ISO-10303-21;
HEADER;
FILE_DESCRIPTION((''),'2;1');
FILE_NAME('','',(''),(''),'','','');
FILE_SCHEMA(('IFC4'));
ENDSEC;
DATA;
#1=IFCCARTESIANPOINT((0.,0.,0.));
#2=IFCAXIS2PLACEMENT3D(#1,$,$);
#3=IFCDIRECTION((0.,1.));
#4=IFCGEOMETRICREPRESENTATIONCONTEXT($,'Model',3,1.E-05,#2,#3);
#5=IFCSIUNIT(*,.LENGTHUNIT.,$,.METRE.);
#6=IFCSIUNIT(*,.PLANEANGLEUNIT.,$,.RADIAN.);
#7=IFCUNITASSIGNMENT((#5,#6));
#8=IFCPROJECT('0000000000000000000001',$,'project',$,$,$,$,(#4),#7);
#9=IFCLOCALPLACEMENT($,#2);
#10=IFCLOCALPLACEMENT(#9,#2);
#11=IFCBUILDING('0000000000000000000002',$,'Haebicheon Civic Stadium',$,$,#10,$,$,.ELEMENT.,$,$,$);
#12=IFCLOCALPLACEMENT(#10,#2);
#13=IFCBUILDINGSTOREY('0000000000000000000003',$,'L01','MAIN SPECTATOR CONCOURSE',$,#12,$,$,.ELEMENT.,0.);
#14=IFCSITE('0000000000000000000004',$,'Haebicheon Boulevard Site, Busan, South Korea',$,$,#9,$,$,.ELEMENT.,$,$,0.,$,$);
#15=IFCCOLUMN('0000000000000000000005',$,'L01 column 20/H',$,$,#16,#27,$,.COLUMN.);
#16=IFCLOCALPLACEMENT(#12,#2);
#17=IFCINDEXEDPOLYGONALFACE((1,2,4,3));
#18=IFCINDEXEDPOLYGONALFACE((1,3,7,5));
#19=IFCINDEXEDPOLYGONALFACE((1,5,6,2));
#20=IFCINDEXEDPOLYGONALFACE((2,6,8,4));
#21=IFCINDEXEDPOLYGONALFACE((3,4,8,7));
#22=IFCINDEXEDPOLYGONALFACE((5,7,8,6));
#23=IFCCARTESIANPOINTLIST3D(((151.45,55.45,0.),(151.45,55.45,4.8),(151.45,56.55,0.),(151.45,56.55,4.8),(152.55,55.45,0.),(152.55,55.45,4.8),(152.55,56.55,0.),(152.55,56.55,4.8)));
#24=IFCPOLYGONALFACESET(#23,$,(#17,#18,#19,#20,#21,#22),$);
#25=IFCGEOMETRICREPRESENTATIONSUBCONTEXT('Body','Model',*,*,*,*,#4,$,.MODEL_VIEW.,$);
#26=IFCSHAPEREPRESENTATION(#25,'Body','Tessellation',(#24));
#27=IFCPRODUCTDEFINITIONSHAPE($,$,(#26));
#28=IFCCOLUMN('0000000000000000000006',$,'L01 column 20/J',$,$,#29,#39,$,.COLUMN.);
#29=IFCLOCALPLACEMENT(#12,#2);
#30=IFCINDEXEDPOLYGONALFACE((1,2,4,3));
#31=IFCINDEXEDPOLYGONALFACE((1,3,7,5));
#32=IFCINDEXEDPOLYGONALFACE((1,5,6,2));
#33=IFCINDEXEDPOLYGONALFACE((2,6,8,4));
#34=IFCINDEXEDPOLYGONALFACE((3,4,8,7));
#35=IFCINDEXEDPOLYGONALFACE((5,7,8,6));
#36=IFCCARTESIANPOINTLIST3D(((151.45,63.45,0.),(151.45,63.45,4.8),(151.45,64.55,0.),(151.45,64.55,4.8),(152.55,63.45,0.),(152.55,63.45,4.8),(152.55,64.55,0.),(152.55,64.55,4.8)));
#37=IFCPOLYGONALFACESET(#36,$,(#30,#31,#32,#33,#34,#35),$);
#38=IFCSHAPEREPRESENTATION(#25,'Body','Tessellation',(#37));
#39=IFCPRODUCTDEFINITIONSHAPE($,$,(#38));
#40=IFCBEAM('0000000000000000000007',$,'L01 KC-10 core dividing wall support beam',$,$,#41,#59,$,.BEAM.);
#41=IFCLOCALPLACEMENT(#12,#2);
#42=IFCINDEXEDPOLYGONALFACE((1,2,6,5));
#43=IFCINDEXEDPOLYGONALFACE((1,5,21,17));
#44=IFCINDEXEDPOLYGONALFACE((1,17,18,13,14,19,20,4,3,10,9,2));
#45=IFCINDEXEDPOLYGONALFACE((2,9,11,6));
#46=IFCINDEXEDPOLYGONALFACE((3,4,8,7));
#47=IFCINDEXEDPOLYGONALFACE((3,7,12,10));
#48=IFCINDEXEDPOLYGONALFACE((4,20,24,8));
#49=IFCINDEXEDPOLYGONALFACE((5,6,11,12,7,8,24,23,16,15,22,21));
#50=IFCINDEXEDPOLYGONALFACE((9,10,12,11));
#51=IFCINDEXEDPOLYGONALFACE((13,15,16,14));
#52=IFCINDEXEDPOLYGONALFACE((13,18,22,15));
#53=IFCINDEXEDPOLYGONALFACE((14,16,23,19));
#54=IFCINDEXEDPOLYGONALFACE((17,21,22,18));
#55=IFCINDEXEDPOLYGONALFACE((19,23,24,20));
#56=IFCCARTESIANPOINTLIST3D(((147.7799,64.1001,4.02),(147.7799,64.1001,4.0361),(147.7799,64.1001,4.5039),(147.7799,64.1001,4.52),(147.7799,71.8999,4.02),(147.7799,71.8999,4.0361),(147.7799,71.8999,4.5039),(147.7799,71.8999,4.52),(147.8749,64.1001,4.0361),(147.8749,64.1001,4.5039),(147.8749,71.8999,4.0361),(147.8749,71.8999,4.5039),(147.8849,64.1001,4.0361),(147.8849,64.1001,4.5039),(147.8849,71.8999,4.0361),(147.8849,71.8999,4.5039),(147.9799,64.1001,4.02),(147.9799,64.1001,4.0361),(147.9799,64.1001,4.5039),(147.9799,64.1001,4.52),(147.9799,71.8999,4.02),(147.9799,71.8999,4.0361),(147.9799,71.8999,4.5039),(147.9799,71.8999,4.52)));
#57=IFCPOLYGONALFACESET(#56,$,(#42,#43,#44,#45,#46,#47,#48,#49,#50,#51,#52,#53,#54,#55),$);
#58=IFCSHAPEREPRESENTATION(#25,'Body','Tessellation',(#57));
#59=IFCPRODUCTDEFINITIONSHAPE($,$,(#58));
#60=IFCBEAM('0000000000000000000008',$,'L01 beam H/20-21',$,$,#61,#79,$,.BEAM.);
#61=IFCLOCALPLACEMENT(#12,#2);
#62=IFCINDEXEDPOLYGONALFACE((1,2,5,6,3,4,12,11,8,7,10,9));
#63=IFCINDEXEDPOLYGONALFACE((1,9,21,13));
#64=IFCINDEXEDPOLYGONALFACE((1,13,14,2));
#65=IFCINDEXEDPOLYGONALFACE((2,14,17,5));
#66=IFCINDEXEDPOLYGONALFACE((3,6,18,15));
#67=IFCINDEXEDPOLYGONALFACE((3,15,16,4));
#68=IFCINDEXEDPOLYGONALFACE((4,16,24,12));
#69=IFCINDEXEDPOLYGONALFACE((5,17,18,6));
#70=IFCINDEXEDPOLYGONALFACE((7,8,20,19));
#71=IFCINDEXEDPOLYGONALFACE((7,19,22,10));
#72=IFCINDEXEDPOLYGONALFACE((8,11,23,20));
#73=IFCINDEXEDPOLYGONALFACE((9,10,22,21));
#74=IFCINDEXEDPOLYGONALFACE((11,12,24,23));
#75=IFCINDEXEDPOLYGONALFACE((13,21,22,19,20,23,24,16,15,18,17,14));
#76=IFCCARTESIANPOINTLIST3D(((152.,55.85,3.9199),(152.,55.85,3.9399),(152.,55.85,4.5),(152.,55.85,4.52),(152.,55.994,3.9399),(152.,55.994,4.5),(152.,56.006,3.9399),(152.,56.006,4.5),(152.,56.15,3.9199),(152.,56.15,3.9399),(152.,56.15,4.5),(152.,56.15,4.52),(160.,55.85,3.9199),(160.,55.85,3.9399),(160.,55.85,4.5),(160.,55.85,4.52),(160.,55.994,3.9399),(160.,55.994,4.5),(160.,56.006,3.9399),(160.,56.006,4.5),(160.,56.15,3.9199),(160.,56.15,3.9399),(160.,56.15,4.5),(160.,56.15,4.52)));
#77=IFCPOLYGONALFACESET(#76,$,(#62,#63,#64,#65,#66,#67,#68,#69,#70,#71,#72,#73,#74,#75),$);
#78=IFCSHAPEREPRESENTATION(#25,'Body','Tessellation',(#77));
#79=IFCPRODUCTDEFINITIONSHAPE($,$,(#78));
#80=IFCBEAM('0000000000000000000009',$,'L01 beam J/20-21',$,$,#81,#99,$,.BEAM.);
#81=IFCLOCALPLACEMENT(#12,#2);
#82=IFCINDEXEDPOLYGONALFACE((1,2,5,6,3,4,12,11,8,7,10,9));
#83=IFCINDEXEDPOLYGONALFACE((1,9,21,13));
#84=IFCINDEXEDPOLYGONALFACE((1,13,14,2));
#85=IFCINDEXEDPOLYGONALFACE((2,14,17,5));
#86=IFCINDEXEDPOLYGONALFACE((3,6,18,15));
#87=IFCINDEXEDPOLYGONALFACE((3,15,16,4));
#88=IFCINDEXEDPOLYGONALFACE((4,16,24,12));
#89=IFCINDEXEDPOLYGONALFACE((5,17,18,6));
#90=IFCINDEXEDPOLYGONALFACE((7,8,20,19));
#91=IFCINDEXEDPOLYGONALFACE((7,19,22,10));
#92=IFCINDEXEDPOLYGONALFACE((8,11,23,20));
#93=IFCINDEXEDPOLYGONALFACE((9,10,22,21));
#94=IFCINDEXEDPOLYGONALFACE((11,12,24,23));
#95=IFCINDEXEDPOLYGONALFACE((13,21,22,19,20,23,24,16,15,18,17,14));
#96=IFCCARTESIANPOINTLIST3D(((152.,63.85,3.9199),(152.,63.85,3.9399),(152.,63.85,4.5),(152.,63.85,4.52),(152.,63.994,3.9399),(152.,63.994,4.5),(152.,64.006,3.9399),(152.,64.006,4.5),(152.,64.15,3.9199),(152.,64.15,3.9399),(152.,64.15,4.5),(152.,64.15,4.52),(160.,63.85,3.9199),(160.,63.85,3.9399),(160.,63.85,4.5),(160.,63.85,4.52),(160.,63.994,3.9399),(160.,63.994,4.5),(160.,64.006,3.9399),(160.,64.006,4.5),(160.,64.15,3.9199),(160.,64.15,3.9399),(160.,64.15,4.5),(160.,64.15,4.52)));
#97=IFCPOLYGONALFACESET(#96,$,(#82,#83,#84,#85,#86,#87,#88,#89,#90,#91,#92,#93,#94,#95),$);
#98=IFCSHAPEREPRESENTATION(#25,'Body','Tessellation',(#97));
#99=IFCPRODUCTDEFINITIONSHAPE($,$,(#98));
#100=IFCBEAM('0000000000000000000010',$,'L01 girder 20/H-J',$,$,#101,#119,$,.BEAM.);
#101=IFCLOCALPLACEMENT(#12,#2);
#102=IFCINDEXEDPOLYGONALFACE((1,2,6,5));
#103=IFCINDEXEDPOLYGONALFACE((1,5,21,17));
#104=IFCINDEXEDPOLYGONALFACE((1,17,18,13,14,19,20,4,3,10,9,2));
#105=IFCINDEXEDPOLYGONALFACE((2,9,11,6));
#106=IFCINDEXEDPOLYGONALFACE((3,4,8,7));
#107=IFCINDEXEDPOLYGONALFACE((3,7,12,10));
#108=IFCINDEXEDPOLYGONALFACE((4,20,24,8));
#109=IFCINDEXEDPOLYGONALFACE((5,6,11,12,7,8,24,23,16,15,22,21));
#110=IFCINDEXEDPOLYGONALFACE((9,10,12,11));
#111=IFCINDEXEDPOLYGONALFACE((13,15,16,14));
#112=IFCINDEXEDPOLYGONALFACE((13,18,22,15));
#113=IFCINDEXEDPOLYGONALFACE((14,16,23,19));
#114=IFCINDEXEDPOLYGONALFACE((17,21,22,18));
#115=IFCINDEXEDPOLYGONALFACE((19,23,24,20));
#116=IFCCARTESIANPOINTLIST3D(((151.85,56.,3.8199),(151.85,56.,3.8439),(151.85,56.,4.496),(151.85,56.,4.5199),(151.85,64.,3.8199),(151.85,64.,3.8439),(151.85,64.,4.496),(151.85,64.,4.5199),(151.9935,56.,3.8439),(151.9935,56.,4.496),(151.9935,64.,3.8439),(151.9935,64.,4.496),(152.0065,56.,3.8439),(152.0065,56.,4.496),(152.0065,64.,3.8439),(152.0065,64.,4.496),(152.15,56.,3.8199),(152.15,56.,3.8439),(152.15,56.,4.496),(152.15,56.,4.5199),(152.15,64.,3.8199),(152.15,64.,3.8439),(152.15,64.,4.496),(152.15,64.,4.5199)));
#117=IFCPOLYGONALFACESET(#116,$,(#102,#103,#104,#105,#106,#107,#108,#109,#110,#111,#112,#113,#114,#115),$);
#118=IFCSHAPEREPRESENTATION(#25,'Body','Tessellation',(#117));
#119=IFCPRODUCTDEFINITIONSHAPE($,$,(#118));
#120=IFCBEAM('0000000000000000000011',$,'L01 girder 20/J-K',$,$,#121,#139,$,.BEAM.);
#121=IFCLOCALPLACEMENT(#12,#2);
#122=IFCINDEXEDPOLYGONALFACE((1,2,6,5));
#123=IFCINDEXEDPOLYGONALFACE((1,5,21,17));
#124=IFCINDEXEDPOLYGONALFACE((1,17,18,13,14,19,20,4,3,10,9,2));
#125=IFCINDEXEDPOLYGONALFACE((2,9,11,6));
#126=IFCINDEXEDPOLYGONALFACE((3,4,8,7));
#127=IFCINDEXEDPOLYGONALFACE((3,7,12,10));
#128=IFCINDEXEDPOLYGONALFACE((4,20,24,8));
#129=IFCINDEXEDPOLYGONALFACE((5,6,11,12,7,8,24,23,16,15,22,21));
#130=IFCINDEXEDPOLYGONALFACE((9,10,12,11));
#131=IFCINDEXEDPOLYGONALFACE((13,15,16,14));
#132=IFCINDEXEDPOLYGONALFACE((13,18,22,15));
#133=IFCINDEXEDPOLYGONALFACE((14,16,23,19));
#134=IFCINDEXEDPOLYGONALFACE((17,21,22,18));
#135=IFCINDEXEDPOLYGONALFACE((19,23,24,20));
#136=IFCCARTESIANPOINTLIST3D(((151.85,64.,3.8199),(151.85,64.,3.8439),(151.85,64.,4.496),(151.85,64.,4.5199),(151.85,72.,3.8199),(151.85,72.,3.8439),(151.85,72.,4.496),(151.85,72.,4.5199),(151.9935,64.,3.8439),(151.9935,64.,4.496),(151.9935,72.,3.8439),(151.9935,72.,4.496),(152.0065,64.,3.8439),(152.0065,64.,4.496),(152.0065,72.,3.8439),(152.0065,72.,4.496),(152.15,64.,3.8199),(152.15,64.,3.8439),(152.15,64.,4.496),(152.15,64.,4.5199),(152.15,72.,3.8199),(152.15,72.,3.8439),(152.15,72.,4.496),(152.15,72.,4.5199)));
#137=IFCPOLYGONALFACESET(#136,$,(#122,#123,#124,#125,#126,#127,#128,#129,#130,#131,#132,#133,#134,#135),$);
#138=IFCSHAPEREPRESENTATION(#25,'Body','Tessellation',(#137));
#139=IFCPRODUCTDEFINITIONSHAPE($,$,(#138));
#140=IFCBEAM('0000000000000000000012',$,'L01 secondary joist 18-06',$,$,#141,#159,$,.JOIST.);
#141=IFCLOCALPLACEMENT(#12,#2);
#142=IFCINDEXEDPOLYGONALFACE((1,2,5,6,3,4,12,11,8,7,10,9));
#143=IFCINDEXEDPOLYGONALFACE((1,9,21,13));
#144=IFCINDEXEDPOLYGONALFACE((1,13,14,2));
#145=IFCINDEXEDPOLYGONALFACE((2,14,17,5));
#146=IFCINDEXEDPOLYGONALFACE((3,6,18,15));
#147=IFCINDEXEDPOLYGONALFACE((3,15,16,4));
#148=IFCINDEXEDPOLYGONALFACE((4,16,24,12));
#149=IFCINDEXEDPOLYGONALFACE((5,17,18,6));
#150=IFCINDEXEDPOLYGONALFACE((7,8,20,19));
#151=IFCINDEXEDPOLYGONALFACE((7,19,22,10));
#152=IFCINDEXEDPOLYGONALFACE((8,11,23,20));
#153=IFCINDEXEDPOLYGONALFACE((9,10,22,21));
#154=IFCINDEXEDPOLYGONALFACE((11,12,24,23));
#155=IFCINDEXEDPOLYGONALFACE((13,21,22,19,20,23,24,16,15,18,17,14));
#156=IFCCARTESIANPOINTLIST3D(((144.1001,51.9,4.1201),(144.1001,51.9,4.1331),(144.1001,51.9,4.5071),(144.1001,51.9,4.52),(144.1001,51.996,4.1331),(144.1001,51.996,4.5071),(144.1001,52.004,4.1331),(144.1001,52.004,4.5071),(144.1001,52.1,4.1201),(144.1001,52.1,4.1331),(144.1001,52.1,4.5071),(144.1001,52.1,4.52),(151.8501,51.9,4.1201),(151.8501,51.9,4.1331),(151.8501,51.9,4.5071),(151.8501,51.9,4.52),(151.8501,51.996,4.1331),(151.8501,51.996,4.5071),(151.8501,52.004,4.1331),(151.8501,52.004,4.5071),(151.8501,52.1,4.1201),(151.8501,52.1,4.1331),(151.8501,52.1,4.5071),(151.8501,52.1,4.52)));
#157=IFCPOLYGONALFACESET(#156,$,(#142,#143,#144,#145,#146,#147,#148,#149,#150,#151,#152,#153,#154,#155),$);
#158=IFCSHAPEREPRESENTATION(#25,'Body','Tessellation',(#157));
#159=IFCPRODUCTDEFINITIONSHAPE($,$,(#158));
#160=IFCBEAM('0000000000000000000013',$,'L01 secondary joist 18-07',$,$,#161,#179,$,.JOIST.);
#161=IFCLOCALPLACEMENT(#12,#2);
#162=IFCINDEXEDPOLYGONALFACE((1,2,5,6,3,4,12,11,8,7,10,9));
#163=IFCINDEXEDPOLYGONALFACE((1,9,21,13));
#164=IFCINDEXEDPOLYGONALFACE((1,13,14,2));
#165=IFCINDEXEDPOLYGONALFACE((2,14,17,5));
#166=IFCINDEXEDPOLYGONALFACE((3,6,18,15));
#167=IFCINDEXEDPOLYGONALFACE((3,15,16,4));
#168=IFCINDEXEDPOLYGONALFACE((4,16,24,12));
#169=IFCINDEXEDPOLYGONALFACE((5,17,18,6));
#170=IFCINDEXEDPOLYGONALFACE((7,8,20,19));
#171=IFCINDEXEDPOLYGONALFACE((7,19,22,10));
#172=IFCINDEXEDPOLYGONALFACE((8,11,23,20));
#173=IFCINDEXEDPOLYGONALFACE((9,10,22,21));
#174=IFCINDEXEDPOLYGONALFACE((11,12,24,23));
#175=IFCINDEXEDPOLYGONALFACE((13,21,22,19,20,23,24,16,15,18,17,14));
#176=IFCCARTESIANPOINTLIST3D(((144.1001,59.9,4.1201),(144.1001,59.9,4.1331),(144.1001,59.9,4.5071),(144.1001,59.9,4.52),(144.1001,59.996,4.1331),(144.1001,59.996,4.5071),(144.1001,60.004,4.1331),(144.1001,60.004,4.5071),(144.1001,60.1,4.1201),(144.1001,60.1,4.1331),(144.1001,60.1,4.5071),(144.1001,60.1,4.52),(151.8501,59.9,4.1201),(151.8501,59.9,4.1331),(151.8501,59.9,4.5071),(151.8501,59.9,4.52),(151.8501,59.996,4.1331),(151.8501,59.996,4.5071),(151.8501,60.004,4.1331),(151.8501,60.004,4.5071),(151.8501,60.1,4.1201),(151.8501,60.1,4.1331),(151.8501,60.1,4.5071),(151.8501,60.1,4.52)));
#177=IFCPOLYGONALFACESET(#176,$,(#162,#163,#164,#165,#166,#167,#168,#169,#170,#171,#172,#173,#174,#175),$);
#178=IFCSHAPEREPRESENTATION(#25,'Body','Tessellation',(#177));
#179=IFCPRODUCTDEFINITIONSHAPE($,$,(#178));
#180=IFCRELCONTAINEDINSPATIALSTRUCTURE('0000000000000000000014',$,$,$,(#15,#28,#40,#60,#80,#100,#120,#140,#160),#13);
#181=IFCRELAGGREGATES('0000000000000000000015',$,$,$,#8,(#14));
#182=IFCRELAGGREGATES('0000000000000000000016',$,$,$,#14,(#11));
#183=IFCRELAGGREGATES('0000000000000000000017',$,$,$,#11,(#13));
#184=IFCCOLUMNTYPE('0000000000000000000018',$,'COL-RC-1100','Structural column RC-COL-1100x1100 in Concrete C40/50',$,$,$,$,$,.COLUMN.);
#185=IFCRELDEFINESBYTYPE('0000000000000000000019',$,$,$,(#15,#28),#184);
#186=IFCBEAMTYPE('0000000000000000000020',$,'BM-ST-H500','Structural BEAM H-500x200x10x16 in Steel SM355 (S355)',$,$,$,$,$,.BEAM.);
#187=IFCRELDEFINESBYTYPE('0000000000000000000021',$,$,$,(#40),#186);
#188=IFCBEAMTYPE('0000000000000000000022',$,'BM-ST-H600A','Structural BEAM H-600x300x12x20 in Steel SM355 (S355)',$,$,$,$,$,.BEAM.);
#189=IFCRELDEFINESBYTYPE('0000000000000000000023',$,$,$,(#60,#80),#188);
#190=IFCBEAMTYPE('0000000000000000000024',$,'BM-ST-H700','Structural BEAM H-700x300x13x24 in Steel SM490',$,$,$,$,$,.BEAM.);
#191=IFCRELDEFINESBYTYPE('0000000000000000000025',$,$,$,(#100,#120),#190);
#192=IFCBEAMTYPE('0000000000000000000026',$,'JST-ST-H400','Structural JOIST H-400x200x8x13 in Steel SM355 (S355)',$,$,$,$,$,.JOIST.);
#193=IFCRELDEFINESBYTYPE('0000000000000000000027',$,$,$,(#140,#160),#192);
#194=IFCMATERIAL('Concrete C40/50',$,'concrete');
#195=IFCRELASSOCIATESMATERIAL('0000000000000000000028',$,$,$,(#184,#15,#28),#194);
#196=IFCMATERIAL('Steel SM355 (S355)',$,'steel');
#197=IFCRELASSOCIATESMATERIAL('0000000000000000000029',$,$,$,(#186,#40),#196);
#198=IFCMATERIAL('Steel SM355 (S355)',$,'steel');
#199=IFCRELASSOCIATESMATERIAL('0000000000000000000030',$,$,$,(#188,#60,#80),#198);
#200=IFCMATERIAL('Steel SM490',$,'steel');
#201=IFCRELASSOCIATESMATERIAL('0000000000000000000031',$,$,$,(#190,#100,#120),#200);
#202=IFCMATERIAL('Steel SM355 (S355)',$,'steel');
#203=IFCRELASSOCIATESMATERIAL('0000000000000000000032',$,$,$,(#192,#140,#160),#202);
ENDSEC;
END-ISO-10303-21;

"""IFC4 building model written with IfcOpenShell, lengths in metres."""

from ifc_helpers import new_model, si_unit, direction, frame, origin, origin_2d, place, context, subcontext, project, spatial, rectangle, i_section, extrude, material, material_profile, profile_set, type_object, element, save


model = new_model("IFC4")

# Units and contexts
model_context = context("Model", 3, precision=1e-05, world=origin(), true_north=direction((0.0, 1.0)))
body_context = subcontext(model_context, "Body", "Model", "MODEL_VIEW")
ifc_project = project(units=[si_unit("LENGTHUNIT", "METRE"), si_unit("PLANEANGLEUNIT", "RADIAN")], contexts=[model_context])

# Site, building, storey
site_placement = place(None, origin())
site = spatial("IfcSite", under=ifc_project, at=site_placement, Name="Haebicheon Boulevard Site, Busan, South Korea", CompositionType="ELEMENT", RefElevation=0.0)
building_placement = place(site_placement, origin())
building = spatial("IfcBuilding", under=site, at=building_placement, Name="Haebicheon Civic Stadium", CompositionType="ELEMENT")
storey_placement = place(building_placement, origin())
storey = spatial("IfcBuildingStorey", under=building, at=storey_placement, Name="L01", Description="MAIN SPECTATOR CONCOURSE", CompositionType="ELEMENT", Elevation=0.0)

# Columns
ifc_material_1 = material(Name="Concrete C40/50", Category="concrete")
ifc_material_profile_1 = material_profile(ifc_material_1, rectangle(XDim=1.1001, YDim=1.1001, at=origin_2d()), Name="RC-COL-1100x1100")
ifc_profile_set_1 = profile_set([ifc_material_profile_1], Name="Concrete C40/50")
column_type = type_object("IfcColumnType", Name="COL-RC-1100", Description="Structural column RC-COL-1100x1100 in Concrete C40/50", PredefinedType="COLUMN", material=ifc_profile_set_1)
for number, where, z_axis, x_axis, name in (
    (1, (152.0, 56.0, 0.0), (0.0, 0.0, 1.0), (1.0, 0.0, 0.0), "L01 column 20/H"),
    (2, (152.0, 64.0, 0.0), (0.0, 0.0, 1.0), (1.0, 0.0, 0.0), "L01 column 20/J"),
):
    element("IfcColumn", number, at=place(storey_placement, frame(where, z_axis=z_axis, x_axis=x_axis)), inside=storey, type_object=column_type, material=ifc_profile_set_1, Name=name, PredefinedType="COLUMN", context=body_context, shape_type="SweptSolid", body=[
        extrude(rectangle(XDim=1.1001, YDim=1.1001, at=origin_2d()), origin(), (0.0, 0.0, 1.0), 4.8),
    ])

# Beams
ifc_material_2 = material(Name="Steel SM355 (S355)", Category="steel")
ifc_material_profile_2 = material_profile(ifc_material_2, i_section(OverallWidth=0.2, OverallDepth=0.5, WebThickness=0.01, FlangeThickness=0.0161, at=origin_2d()), Name="H-500x200x10x16")
ifc_profile_set_2 = profile_set([ifc_material_profile_2], Name="Steel SM355 (S355)")
beam_type_1 = type_object("IfcBeamType", Name="BM-ST-H500", Description="Structural BEAM H-500x200x10x16 in Steel SM355 (S355)", PredefinedType="BEAM", material=ifc_profile_set_2)
beam_1_placement = place(storey_placement, frame((147.8799, 64.1001, 4.27), z_axis=(0.0, 1.0, 0.0), x_axis=(-1.0, 0.0, 0.0)))
element("IfcBeam", 3, at=beam_1_placement, inside=storey, type_object=beam_type_1, material=ifc_profile_set_2, Name="L01 KC-10 core dividing wall support beam", PredefinedType="BEAM", context=body_context, shape_type="SweptSolid", body=[
    extrude(i_section(OverallWidth=0.2, OverallDepth=0.5, WebThickness=0.01, FlangeThickness=0.0161, at=origin_2d()), origin(), (0.0, 0.0, 1.0), 7.7998),
])
ifc_material_3 = material(Name="Steel SM355 (S355)", Category="steel")
ifc_material_profile_3 = material_profile(ifc_material_3, i_section(OverallWidth=0.3, OverallDepth=0.6001, WebThickness=0.012, FlangeThickness=0.02, at=origin_2d()), Name="H-600x300x12x20")
ifc_profile_set_3 = profile_set([ifc_material_profile_3], Name="Steel SM355 (S355)")
beam_type_2 = type_object("IfcBeamType", Name="BM-ST-H600A", Description="Structural BEAM H-600x300x12x20 in Steel SM355 (S355)", PredefinedType="BEAM", material=ifc_profile_set_3)
for number, where, z_axis, x_axis, name in (
    (4, (152.0, 56.0, 4.22), (1.0, 0.0, 0.0), (0.0, 1.0, 0.0), "L01 beam H/20-21"),
    (5, (152.0, 64.0, 4.22), (1.0, 0.0, 0.0), (0.0, 1.0, 0.0), "L01 beam J/20-21"),
):
    element("IfcBeam", number, at=place(storey_placement, frame(where, z_axis=z_axis, x_axis=x_axis)), inside=storey, type_object=beam_type_2, material=ifc_profile_set_3, Name=name, PredefinedType="BEAM", context=body_context, shape_type="SweptSolid", body=[
        extrude(i_section(OverallWidth=0.3, OverallDepth=0.6001, WebThickness=0.012, FlangeThickness=0.02, at=origin_2d()), origin(), (0.0, 0.0, 1.0), 8.0),
    ])
ifc_material_4 = material(Name="Steel SM490", Category="steel")
ifc_material_profile_4 = material_profile(ifc_material_4, i_section(OverallWidth=0.3, OverallDepth=0.7, WebThickness=0.0129, FlangeThickness=0.0239, at=origin_2d()), Name="H-700x300x13x24")
ifc_profile_set_4 = profile_set([ifc_material_profile_4], Name="Steel SM490")
beam_type_3 = type_object("IfcBeamType", Name="BM-ST-H700", Description="Structural BEAM H-700x300x13x24 in Steel SM490", PredefinedType="BEAM", material=ifc_profile_set_4)
for number, where, z_axis, x_axis, name in (
    (6, (152.0, 56.0, 4.1699), (0.0, 1.0, 0.0), (-1.0, 0.0, 0.0), "L01 girder 20/H-J"),
    (7, (152.0, 64.0, 4.1699), (0.0, 1.0, 0.0), (-1.0, 0.0, 0.0), "L01 girder 20/J-K"),
):
    element("IfcBeam", number, at=place(storey_placement, frame(where, z_axis=z_axis, x_axis=x_axis)), inside=storey, type_object=beam_type_3, material=ifc_profile_set_4, Name=name, PredefinedType="BEAM", context=body_context, shape_type="SweptSolid", body=[
        extrude(i_section(OverallWidth=0.3, OverallDepth=0.7, WebThickness=0.0129, FlangeThickness=0.0239, at=origin_2d()), origin(), (0.0, 0.0, 1.0), 8.0),
    ])
ifc_material_5 = material(Name="Steel SM355 (S355)", Category="steel")
ifc_material_profile_5 = material_profile(ifc_material_5, i_section(OverallWidth=0.2, OverallDepth=0.3999, WebThickness=0.0081, FlangeThickness=0.0129, at=origin_2d()), Name="H-400x200x8x13")
ifc_profile_set_5 = profile_set([ifc_material_profile_5], Name="Steel SM355 (S355)")
beam_type_4 = type_object("IfcBeamType", Name="JST-ST-H400", Description="Structural JOIST H-400x200x8x13 in Steel SM355 (S355)", PredefinedType="JOIST", material=ifc_profile_set_5)
for number, where, z_axis, x_axis, name in (
    (8, (144.1001, 52.0, 4.3201), (1.0, 0.0, 0.0), (0.0, 1.0, 0.0), "L01 secondary joist 18-06"),
    (9, (144.1001, 60.0, 4.3201), (1.0, 0.0, 0.0), (0.0, 1.0, 0.0), "L01 secondary joist 18-07"),
):
    element("IfcBeam", number, at=place(storey_placement, frame(where, z_axis=z_axis, x_axis=x_axis)), inside=storey, type_object=beam_type_4, material=ifc_profile_set_5, Name=name, PredefinedType="JOIST", context=body_context, shape_type="SweptSolid", body=[
        extrude(i_section(OverallWidth=0.2, OverallDepth=0.3999, WebThickness=0.0081, FlangeThickness=0.0129, at=origin_2d()), origin(), (0.0, 0.0, 1.0), 7.75),
    ])

save(model, "model.ifc")
